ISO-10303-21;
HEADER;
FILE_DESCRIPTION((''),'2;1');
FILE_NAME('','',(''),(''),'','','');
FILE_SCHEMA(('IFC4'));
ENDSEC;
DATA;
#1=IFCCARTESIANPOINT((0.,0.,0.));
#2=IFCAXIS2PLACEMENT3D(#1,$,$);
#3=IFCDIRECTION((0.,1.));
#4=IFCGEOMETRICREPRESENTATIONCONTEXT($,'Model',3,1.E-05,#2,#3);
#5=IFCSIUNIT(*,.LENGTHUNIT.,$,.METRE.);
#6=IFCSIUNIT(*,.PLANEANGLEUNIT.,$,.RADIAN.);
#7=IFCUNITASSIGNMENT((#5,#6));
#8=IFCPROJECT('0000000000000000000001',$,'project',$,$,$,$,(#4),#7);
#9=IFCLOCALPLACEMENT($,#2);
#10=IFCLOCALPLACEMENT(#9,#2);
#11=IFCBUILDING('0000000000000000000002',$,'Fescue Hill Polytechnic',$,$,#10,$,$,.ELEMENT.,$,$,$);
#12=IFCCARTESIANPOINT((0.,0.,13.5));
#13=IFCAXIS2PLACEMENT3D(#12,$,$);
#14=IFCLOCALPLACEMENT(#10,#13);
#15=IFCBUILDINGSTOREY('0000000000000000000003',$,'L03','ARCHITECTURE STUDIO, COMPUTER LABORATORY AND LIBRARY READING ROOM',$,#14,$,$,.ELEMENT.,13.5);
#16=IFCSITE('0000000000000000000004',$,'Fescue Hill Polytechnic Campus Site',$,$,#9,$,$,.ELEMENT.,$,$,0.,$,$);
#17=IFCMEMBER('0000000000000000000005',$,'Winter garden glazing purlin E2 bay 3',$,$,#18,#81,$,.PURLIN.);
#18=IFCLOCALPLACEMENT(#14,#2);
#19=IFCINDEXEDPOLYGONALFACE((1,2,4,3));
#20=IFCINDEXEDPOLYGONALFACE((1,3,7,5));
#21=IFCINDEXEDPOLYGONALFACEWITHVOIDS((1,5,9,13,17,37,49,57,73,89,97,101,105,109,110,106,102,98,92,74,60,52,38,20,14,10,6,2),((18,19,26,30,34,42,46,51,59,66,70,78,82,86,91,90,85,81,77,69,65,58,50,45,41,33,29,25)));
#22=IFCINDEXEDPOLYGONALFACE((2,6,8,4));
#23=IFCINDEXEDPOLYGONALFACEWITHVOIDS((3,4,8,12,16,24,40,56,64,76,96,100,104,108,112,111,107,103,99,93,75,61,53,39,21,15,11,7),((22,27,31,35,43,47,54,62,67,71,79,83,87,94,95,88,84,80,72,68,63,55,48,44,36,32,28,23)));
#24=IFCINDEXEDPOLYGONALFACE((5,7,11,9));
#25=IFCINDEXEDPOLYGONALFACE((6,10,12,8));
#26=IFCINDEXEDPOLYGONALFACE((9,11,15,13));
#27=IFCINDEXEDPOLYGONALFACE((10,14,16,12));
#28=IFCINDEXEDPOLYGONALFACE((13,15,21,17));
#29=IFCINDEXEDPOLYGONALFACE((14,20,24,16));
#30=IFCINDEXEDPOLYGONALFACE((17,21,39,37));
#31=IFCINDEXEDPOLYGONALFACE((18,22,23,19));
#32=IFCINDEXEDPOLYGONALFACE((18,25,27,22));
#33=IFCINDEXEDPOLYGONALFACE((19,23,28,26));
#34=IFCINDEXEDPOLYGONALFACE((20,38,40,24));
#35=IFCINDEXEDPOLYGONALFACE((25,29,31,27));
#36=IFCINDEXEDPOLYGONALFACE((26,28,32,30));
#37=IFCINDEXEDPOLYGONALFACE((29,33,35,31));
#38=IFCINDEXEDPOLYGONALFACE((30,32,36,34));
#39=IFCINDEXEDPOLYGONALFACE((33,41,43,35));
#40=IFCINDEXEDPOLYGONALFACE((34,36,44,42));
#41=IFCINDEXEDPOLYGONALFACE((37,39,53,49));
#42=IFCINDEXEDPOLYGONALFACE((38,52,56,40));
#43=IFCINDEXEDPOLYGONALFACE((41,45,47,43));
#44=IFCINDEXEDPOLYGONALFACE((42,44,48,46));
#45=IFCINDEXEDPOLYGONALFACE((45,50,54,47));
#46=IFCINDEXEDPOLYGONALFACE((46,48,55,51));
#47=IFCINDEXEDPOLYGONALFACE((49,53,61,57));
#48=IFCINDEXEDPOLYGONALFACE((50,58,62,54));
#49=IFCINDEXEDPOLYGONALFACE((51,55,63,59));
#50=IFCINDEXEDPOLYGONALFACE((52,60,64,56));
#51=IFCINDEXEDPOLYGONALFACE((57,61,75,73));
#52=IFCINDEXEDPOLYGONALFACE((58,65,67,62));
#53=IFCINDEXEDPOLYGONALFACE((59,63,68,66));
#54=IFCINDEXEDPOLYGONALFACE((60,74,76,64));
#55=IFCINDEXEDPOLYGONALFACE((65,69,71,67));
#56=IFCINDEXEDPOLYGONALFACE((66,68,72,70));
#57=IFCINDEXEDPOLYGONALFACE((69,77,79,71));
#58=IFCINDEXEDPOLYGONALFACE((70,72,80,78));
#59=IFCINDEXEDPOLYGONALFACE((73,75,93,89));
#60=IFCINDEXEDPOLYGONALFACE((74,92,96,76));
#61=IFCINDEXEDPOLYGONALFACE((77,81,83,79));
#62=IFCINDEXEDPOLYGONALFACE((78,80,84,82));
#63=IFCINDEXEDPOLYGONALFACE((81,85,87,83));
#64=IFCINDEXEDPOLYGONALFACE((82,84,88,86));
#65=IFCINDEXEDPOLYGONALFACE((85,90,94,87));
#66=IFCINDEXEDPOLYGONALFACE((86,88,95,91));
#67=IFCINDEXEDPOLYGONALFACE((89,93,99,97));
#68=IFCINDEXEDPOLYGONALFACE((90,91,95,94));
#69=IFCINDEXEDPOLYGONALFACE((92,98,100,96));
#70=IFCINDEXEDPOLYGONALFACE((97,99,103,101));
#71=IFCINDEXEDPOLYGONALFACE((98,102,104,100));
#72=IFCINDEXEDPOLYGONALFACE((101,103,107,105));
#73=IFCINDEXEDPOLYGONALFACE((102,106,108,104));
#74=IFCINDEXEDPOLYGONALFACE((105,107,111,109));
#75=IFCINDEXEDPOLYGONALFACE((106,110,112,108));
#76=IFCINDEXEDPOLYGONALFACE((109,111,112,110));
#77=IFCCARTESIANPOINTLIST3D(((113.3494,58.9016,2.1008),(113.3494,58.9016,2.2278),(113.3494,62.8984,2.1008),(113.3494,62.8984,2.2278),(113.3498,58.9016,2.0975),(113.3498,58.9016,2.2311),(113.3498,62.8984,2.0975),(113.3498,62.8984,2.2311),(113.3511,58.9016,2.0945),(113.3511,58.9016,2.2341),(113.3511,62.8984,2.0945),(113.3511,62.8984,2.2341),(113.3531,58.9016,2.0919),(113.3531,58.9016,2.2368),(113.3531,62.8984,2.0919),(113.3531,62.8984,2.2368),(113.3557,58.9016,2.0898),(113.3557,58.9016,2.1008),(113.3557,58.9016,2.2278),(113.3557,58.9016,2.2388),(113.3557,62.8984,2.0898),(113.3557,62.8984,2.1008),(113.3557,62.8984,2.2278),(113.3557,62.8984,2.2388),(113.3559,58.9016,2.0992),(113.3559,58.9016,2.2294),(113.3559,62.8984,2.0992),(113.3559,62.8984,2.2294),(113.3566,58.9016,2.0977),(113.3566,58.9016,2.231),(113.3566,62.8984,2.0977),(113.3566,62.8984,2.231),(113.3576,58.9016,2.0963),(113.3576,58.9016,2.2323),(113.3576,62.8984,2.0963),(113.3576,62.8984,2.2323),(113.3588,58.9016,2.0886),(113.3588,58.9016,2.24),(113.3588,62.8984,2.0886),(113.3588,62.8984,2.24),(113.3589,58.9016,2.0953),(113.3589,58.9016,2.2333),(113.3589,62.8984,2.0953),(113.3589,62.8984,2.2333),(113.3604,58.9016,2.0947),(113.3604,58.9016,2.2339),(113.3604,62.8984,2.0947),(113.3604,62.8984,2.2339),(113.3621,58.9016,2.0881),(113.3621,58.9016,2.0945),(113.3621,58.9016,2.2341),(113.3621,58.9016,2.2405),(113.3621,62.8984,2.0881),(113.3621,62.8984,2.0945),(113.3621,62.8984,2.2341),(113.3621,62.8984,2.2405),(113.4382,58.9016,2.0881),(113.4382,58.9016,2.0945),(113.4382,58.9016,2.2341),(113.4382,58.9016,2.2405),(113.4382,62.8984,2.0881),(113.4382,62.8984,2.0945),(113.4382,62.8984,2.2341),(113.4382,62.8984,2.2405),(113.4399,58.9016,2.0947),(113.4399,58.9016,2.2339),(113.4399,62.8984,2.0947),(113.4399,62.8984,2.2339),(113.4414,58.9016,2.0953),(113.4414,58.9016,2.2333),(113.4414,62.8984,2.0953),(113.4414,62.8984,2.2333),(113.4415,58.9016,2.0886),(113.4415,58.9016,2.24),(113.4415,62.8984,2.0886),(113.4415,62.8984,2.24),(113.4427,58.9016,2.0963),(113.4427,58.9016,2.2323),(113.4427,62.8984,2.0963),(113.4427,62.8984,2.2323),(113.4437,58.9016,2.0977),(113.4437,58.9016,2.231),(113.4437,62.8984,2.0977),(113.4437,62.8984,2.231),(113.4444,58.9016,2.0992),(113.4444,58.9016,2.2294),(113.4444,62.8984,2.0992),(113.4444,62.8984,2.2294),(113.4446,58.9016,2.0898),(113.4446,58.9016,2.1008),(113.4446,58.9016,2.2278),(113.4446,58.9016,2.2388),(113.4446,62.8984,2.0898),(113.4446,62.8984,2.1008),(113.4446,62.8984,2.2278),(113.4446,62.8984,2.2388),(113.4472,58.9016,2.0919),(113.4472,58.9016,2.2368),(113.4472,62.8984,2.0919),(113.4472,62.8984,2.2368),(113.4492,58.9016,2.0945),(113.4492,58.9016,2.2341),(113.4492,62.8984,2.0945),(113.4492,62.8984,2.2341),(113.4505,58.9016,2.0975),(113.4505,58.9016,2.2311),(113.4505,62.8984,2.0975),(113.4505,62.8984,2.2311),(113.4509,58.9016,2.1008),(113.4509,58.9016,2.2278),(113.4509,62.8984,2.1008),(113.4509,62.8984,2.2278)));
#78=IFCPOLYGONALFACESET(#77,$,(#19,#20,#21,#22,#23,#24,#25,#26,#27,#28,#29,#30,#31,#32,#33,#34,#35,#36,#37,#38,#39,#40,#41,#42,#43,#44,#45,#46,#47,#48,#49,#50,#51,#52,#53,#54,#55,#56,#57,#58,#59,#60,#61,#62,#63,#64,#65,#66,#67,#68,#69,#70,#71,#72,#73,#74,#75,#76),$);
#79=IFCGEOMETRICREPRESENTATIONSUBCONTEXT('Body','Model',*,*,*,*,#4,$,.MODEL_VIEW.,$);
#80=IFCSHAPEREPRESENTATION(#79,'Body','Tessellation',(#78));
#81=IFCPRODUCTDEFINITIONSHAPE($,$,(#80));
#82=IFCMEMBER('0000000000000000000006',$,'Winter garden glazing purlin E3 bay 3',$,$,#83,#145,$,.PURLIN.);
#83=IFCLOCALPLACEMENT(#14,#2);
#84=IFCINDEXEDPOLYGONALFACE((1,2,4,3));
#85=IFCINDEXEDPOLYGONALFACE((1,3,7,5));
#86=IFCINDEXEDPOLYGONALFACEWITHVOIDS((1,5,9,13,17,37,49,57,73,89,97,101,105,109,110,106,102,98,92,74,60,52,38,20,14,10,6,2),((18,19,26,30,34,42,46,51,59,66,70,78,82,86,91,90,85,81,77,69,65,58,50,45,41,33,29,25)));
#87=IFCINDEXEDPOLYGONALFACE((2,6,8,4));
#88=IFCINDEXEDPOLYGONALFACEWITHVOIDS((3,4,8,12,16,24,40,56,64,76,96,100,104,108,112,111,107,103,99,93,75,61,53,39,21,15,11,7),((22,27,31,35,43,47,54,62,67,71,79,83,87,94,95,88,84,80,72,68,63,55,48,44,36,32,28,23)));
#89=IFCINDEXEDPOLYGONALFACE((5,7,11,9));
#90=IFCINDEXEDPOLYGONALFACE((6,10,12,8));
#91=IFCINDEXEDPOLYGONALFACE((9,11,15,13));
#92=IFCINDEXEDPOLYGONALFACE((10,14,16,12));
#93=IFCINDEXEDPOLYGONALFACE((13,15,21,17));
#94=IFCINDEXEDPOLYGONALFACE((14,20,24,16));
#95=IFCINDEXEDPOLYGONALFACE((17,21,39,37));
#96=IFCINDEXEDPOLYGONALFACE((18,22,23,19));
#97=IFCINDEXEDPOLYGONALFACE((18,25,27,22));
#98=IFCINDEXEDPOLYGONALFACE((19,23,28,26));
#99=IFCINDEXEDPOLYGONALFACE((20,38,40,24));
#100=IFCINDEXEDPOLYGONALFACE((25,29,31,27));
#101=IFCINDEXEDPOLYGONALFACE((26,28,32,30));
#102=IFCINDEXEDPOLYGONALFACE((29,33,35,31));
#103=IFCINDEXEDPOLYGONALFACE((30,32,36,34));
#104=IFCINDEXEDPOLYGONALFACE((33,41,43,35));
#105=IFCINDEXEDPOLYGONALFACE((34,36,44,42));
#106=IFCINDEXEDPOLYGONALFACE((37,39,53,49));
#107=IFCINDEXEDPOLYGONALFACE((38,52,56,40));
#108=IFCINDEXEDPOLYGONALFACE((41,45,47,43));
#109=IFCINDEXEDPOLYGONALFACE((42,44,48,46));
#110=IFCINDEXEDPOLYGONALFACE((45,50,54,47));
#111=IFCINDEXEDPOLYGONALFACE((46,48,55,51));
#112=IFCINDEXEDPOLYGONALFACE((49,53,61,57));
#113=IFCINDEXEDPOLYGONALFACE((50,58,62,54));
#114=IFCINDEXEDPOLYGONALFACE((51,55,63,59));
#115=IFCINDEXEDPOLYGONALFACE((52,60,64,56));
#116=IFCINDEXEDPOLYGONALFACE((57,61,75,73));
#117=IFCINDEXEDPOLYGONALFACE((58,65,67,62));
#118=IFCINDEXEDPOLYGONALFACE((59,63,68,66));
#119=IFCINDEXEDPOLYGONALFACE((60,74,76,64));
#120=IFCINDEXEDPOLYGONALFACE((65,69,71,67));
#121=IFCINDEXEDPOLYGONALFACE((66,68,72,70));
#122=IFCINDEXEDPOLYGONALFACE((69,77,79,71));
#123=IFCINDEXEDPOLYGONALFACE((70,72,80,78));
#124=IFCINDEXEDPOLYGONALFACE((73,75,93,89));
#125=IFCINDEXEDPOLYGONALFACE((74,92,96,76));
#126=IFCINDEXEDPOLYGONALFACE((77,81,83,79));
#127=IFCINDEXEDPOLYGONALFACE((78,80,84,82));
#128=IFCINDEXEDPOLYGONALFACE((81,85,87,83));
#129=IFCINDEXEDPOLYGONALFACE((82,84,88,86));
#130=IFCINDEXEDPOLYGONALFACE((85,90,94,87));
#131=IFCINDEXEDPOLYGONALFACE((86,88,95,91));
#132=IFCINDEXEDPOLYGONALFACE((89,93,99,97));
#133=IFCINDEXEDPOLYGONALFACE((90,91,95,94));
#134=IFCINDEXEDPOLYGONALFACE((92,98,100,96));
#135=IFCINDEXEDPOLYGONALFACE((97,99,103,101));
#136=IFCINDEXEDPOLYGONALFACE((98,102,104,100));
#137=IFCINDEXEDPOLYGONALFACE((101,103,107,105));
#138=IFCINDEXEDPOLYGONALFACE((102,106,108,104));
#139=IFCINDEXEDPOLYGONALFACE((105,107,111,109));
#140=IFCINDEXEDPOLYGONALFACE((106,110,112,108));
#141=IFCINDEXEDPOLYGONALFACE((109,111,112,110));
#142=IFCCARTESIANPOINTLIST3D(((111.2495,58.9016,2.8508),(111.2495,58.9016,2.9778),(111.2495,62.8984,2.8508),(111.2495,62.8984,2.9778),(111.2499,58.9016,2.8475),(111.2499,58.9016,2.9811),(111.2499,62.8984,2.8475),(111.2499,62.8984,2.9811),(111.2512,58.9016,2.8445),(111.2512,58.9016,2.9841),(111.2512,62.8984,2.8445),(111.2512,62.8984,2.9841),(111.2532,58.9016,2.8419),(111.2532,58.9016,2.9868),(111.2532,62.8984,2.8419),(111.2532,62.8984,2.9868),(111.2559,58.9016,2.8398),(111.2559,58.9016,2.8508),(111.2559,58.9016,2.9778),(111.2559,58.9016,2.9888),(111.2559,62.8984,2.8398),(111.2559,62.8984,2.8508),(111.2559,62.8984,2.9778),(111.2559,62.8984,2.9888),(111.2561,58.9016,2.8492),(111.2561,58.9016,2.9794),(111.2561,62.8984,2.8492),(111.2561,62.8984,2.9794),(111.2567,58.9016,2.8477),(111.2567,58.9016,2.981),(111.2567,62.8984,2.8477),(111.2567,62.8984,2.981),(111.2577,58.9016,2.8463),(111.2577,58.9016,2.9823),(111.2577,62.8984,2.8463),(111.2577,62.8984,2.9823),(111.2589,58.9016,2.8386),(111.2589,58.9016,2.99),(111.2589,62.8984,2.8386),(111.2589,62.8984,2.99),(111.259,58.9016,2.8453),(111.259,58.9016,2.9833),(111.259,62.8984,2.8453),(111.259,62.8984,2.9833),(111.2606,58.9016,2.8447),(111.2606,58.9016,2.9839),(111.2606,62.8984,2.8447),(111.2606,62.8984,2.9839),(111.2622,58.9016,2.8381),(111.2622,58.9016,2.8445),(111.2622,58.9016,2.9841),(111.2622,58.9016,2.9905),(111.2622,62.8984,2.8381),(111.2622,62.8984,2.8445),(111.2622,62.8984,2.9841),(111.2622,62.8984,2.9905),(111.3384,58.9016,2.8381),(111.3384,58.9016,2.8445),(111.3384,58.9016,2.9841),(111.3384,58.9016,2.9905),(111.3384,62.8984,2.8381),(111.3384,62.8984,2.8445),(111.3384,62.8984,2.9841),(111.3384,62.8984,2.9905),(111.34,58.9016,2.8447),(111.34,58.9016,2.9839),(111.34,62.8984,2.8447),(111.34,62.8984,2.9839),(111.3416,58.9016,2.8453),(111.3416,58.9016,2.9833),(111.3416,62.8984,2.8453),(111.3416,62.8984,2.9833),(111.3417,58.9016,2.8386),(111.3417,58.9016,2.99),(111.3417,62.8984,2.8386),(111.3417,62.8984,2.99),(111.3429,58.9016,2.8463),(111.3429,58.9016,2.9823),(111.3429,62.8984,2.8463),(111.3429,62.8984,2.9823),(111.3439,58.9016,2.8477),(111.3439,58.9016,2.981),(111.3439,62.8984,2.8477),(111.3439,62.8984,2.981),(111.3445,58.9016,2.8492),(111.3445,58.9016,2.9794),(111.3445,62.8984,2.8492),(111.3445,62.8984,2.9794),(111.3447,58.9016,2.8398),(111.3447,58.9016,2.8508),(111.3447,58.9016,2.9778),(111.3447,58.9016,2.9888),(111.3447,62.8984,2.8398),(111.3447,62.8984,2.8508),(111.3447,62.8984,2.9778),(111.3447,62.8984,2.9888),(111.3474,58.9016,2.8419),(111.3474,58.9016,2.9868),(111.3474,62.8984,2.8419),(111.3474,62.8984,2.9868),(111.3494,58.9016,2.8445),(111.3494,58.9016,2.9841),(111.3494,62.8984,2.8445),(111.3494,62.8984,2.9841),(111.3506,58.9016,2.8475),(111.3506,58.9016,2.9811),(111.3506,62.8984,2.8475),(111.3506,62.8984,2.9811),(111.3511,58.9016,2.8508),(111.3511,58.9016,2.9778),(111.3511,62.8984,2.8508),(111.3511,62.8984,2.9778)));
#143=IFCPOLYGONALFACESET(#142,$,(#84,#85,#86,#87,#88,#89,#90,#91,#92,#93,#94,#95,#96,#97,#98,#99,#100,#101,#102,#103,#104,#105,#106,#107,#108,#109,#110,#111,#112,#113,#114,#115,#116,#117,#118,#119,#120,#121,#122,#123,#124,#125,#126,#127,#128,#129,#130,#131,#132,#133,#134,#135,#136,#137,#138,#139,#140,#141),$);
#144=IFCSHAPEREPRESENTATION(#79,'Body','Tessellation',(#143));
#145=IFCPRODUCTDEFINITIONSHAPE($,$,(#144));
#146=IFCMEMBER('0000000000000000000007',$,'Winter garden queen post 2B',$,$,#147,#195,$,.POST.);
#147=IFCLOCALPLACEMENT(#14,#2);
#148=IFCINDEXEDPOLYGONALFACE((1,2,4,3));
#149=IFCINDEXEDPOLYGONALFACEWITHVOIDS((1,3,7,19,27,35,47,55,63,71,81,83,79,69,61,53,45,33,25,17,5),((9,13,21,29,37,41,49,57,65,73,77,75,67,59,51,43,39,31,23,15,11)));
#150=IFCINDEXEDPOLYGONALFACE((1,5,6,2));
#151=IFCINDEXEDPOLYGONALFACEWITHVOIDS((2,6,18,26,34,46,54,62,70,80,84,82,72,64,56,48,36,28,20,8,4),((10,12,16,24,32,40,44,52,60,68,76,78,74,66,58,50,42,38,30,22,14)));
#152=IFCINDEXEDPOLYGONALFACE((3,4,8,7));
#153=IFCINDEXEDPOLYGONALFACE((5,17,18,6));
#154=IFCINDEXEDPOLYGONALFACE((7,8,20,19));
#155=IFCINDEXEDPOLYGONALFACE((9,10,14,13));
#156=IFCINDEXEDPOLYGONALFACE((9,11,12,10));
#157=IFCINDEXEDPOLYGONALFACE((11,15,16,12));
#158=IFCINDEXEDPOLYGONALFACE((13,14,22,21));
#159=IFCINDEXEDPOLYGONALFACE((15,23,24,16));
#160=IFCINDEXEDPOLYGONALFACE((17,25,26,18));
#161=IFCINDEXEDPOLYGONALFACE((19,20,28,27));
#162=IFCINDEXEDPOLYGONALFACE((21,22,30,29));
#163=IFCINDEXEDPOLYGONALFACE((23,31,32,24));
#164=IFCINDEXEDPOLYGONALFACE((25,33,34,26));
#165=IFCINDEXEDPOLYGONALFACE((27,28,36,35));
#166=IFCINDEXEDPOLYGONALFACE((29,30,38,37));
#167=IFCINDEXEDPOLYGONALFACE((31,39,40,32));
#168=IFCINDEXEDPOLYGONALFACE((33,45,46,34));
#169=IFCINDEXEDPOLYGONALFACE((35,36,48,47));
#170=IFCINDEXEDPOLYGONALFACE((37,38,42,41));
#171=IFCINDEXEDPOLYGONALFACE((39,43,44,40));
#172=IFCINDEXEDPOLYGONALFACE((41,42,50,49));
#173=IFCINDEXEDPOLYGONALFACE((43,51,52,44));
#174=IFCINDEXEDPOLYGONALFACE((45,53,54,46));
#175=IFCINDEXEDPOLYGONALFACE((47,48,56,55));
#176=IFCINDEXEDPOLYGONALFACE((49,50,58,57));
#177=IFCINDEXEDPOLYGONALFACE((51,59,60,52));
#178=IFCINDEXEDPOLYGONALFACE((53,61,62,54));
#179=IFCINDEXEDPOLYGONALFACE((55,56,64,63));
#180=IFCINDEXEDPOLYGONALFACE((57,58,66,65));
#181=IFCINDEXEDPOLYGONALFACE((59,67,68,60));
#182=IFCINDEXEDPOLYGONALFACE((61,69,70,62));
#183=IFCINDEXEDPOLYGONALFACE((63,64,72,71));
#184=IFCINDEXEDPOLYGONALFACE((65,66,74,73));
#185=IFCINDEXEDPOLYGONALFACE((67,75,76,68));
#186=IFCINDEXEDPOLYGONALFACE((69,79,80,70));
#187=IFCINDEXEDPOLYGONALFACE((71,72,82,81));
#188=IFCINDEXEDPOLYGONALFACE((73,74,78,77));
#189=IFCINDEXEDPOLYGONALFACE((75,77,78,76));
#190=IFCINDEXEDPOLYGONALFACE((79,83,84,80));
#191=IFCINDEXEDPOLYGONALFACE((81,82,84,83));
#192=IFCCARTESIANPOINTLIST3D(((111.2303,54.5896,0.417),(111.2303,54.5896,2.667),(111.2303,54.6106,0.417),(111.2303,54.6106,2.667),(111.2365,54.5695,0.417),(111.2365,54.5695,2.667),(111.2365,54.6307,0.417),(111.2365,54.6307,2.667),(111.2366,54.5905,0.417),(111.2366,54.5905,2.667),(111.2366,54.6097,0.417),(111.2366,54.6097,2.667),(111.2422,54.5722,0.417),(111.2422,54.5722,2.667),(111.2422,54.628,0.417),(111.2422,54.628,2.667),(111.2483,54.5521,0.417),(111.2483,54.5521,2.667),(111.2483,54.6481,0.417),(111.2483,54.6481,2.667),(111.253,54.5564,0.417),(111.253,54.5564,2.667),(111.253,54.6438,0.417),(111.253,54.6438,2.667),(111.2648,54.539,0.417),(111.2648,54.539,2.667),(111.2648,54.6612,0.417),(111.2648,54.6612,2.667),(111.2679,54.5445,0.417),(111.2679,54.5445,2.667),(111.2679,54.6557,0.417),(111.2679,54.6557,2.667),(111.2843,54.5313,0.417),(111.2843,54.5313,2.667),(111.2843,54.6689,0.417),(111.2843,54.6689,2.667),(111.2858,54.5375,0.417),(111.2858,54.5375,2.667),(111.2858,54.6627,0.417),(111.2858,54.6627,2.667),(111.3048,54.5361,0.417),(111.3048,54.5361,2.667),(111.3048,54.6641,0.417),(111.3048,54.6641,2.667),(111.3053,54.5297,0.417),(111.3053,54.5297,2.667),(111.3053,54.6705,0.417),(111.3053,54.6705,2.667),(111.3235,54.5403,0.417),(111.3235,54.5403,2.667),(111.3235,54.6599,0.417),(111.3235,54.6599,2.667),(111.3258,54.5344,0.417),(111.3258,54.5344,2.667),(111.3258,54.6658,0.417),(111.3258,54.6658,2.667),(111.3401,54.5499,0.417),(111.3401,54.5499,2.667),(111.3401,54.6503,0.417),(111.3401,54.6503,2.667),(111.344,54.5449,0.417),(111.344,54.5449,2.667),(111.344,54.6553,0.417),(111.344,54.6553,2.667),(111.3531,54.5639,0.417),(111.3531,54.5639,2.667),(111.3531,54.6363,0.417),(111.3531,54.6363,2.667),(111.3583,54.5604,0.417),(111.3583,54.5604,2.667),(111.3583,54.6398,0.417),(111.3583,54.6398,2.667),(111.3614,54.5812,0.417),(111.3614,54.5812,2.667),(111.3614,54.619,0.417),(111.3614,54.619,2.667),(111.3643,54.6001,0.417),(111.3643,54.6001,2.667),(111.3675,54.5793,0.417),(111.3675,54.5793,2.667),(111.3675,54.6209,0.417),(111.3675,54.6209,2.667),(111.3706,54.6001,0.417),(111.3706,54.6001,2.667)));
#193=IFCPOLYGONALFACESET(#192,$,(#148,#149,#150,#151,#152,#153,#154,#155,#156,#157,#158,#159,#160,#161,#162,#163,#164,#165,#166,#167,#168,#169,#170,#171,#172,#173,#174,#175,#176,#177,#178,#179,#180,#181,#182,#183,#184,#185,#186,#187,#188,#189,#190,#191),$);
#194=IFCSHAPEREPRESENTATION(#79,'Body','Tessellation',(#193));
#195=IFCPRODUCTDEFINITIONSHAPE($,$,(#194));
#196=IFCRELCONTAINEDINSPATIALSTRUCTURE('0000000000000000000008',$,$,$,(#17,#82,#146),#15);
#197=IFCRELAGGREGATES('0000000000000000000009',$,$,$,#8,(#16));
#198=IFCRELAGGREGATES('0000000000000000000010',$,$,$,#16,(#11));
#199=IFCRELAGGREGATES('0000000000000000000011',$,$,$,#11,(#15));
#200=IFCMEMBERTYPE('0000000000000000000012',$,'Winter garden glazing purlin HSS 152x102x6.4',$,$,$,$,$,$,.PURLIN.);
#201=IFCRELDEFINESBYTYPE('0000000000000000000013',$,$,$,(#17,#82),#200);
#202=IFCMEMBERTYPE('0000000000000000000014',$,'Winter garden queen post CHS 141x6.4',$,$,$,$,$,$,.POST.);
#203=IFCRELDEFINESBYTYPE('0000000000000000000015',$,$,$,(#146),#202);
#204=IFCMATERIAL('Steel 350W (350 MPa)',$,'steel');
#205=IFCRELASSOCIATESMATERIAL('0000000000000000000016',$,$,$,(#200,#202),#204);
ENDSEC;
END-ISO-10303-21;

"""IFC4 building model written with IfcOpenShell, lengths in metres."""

from ifc_helpers import new_model, si_unit, direction, frame, origin, origin_2d, place, context, subcontext, project, spatial, hollow_rectangle, hollow_circle, extrude, material, material_profile, profile_set, type_object, element, save


model = new_model("IFC4")

# Units and contexts
model_context = context("Model", 3, precision=1e-05, world=origin(), true_north=direction((0.0, 1.0)))
body_context = subcontext(model_context, "Body", "Model", "MODEL_VIEW")
ifc_project = project(units=[si_unit("LENGTHUNIT", "METRE"), si_unit("PLANEANGLEUNIT", "RADIAN")], contexts=[model_context])

# Site, building, storey
site_placement = place(None, origin())
site = spatial("IfcSite", under=ifc_project, at=site_placement, Name="Fescue Hill Polytechnic Campus Site", CompositionType="ELEMENT", RefElevation=0.0)
building_placement = place(site_placement, origin())
building = spatial("IfcBuilding", under=site, at=building_placement, Name="Fescue Hill Polytechnic", CompositionType="ELEMENT")
storey_placement = place(building_placement, frame((0.0, 0.0, 13.5)))
storey = spatial("IfcBuildingStorey", under=building, at=storey_placement, Name="L03", Description="ARCHITECTURE STUDIO, COMPUTER LABORATORY AND LIBRARY READING ROOM", CompositionType="ELEMENT", Elevation=13.5)

# Shared definitions
ifc_material_1 = material(Name="Steel 350W (350 MPa)", Category="steel")

# Members
ifc_material_profile_1 = material_profile(ifc_material_1, hollow_rectangle(XDim=0.1016, YDim=0.1523, WallThickness=0.0063, InnerFilletRadius=0.0063, OuterFilletRadius=0.0127, at=origin_2d()), Name="Winter garden glazing purlin HSS 152x102x6.4")
ifc_profile_set_1 = profile_set([ifc_material_profile_1], Name="Steel 350W (350 MPa)")
member_type_1 = type_object("IfcMemberType", Name="Winter garden glazing purlin HSS 152x102x6.4", PredefinedType="PURLIN", material=ifc_profile_set_1)
for number, where, z_axis, x_axis, name in (
    (1, (113.4001, 58.9016, 2.1643), (0.0, 1.0, 0.0), (-1.0, 0.0, 0.0), "Winter garden glazing purlin E2 bay 3"),
    (2, (111.3003, 58.9016, 2.9143), (0.0, 1.0, 0.0), (-1.0, 0.0, 0.0), "Winter garden glazing purlin E3 bay 3"),
):
    element("IfcMember", number, at=place(storey_placement, frame(where, z_axis=z_axis, x_axis=x_axis)), inside=storey, type_object=member_type_1, Name=name, PredefinedType="PURLIN", context=body_context, shape_type="SweptSolid", body=[
        extrude(hollow_rectangle(XDim=0.1016, YDim=0.1523, WallThickness=0.0063, InnerFilletRadius=0.0063, OuterFilletRadius=0.0127, at=origin_2d()), origin(), (0.0, 0.0, 1.0), 3.9968),
    ])
ifc_material_profile_2 = material_profile(ifc_material_1, hollow_circle(Radius=0.0706, WallThickness=0.0063, at=origin_2d()), Name="Winter garden queen post CHS 141x6.4")
ifc_profile_set_2 = profile_set([ifc_material_profile_2], Name="Steel 350W (350 MPa)")
member_type_2 = type_object("IfcMemberType", Name="Winter garden queen post CHS 141x6.4", PredefinedType="POST", material=ifc_profile_set_2)
for number, where, z_axis, x_axis, name in (
    (3, (111.3, 54.6001, 0.417), (0.0, 0.0, 1.0), (1.0, 0.0, 0.0), "Winter garden queen post 2B"),
):
    element("IfcMember", number, at=place(storey_placement, frame(where, z_axis=z_axis, x_axis=x_axis)), inside=storey, type_object=member_type_2, Name=name, PredefinedType="POST", context=body_context, shape_type="SweptSolid", body=[
        extrude(hollow_circle(Radius=0.0706, WallThickness=0.0063, at=origin_2d()), origin(), (0.0, 0.0, 1.0), 2.25),
    ])

save(model, "model.ifc")
